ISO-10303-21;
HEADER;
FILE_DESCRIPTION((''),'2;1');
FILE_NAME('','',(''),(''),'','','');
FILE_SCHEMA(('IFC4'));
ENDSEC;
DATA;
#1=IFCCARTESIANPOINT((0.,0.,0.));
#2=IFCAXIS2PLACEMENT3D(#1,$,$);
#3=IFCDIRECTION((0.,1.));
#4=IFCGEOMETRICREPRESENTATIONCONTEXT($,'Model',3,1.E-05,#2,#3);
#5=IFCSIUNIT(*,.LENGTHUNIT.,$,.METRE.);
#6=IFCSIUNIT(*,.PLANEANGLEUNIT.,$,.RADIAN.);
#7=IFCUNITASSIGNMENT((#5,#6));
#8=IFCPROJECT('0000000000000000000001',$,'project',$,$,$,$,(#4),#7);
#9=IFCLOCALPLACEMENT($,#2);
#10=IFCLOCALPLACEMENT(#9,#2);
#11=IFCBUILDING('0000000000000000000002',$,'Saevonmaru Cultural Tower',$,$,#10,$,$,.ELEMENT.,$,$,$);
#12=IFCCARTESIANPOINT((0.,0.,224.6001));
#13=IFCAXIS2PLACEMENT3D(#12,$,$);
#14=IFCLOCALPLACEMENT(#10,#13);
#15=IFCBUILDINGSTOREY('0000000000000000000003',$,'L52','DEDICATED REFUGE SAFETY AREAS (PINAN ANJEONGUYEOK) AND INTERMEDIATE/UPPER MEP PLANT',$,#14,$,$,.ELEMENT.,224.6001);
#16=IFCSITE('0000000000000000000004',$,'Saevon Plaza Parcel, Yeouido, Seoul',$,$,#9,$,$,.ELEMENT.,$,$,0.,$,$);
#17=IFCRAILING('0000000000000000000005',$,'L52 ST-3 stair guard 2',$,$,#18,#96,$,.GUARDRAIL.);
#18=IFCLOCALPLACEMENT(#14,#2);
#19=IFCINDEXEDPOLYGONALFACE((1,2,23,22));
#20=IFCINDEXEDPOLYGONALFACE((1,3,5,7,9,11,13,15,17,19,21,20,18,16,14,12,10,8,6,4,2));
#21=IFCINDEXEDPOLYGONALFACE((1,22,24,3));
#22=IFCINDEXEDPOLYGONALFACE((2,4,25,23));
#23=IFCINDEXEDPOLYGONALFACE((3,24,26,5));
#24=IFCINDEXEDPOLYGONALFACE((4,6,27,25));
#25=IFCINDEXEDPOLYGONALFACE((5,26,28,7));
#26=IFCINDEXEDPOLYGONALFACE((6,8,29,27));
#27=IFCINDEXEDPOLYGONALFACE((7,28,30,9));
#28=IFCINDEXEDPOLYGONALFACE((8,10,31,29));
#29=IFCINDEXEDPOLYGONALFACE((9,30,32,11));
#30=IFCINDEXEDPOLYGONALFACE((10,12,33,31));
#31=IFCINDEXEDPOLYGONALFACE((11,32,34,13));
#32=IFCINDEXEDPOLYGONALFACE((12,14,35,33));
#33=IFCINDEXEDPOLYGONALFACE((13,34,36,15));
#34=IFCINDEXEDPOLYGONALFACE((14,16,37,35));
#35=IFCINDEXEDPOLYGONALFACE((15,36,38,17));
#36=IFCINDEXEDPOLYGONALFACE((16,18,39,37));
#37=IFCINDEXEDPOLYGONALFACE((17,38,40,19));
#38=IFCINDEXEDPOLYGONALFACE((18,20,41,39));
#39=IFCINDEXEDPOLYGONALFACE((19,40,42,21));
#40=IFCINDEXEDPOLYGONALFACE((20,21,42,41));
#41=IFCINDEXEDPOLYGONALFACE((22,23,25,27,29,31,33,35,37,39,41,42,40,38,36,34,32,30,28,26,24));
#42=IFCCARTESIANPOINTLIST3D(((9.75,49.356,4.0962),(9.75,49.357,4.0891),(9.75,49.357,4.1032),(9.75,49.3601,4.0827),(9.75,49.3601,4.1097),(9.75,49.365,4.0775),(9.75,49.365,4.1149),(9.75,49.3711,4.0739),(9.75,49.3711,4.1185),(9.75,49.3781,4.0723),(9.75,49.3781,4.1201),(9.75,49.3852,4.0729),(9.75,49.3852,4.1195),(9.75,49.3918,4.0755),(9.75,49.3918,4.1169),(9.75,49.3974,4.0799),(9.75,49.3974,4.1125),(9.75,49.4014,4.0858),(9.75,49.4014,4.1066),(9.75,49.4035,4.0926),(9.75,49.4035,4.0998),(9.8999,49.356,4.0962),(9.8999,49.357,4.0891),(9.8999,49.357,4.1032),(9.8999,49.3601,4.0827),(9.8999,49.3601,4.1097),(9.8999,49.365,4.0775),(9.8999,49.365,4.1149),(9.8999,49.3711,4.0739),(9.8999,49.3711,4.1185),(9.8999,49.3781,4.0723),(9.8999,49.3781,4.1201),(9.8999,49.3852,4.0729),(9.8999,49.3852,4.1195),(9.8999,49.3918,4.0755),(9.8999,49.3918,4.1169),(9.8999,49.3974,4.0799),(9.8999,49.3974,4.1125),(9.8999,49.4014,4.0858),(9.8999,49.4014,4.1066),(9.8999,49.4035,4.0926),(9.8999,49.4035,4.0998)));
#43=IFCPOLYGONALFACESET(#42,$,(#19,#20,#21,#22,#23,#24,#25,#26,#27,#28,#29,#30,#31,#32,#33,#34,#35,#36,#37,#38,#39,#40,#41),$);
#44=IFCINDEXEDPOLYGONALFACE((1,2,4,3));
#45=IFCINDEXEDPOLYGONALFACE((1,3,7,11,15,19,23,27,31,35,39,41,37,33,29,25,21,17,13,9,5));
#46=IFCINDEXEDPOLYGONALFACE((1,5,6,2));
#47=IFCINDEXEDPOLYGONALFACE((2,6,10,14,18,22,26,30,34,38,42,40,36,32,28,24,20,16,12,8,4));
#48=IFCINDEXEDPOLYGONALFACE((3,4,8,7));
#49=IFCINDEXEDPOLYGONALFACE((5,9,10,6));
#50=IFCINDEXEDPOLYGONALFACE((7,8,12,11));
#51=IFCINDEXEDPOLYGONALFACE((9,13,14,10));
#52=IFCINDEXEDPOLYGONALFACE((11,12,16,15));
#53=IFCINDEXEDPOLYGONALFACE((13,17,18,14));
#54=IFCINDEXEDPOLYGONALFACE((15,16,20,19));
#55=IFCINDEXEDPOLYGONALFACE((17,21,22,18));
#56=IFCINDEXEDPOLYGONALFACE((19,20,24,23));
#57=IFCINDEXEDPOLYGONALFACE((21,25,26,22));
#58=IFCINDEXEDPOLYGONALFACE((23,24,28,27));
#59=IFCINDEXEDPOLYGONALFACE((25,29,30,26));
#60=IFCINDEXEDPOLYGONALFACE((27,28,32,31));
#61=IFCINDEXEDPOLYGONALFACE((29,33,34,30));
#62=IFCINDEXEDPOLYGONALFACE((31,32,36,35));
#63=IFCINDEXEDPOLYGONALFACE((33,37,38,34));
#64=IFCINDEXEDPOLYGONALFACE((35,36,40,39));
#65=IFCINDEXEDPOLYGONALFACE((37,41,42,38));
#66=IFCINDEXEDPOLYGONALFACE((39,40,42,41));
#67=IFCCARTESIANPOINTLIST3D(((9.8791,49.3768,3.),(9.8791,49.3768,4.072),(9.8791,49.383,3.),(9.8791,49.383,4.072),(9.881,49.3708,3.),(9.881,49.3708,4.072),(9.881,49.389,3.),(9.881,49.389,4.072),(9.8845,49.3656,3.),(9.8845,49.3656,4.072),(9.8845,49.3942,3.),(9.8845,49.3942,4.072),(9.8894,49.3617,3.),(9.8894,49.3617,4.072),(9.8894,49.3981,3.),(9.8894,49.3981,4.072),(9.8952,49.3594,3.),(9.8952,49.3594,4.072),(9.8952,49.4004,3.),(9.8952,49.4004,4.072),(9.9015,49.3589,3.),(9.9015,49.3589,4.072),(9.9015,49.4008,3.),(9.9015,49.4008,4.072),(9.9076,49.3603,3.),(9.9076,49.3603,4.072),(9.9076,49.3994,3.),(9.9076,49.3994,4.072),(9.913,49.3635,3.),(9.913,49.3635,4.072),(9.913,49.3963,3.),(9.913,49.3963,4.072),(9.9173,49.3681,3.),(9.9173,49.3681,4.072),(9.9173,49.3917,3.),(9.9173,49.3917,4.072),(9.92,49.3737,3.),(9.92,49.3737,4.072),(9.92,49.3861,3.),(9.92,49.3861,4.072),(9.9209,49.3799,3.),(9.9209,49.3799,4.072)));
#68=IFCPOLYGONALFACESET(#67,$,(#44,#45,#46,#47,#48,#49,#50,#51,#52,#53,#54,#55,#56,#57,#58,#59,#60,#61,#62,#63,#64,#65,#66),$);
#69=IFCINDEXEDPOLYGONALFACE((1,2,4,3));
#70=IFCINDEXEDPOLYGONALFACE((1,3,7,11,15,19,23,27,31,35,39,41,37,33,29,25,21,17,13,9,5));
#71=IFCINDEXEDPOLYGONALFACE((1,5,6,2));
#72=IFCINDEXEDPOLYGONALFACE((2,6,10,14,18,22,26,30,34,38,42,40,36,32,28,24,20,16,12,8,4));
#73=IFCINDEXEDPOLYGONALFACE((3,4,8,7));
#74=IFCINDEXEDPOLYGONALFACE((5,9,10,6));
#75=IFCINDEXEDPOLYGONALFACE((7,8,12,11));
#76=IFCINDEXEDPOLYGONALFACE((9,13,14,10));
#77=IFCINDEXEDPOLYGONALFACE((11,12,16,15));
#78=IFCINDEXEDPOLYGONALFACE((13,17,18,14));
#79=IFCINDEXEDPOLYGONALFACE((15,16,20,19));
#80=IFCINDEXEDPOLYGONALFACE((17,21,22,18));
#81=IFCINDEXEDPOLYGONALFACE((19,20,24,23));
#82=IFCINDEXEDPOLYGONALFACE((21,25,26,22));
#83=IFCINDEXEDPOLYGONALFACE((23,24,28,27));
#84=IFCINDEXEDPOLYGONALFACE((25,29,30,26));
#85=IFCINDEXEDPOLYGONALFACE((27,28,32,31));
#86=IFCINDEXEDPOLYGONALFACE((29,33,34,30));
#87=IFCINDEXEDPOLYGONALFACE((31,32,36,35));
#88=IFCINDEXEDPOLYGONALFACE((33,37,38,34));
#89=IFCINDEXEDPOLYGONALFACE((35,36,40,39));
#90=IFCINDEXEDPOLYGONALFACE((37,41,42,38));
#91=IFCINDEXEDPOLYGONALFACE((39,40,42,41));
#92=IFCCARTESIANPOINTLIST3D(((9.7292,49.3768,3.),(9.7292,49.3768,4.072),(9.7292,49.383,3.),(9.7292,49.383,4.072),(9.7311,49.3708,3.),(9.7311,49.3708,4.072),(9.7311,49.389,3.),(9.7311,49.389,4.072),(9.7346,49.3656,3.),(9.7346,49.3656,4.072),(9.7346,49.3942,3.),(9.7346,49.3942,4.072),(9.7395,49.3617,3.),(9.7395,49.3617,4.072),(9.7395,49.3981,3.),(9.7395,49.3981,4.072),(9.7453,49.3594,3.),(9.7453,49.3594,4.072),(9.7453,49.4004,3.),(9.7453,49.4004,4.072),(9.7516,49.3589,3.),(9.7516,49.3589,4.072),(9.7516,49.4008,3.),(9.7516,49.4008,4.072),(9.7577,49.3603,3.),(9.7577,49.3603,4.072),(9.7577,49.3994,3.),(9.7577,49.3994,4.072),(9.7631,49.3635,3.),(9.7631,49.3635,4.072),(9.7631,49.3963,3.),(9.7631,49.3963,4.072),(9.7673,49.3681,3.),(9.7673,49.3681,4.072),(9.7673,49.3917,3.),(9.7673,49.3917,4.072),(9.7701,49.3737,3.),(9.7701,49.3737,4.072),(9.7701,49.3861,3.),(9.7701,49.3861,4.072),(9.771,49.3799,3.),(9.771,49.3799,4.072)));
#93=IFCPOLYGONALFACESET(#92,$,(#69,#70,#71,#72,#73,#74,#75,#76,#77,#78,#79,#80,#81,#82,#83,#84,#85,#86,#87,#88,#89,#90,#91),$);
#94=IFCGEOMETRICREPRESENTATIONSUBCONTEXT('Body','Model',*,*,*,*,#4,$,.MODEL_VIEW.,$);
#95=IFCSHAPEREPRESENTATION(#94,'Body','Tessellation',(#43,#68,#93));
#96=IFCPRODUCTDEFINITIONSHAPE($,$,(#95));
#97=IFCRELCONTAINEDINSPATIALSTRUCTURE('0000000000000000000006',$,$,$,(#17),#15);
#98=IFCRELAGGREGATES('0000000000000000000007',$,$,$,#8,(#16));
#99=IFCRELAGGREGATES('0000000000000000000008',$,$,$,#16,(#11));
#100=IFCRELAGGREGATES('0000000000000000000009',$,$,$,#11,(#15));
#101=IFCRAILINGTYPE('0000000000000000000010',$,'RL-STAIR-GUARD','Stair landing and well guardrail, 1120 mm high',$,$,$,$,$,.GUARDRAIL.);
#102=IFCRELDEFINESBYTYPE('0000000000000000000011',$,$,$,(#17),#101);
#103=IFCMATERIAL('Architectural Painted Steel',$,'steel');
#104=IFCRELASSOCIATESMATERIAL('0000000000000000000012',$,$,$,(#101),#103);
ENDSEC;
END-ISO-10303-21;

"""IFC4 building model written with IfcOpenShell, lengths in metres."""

from ifc_helpers import new_model, si_unit, direction, frame, origin, origin_2d, place, context, subcontext, project, spatial, circle, extrude, material, type_object, element, save


model = new_model("IFC4")

# Units and contexts
model_context = context("Model", 3, precision=1e-05, world=origin(), true_north=direction((0.0, 1.0)))
body_context = subcontext(model_context, "Body", "Model", "MODEL_VIEW")
ifc_project = project(units=[si_unit("LENGTHUNIT", "METRE"), si_unit("PLANEANGLEUNIT", "RADIAN")], contexts=[model_context])

# Site, building, storey
site_placement = place(None, origin())
site = spatial("IfcSite", under=ifc_project, at=site_placement, Name="Saevon Plaza Parcel, Yeouido, Seoul", CompositionType="ELEMENT", RefElevation=0.0)
building_placement = place(site_placement, origin())
building = spatial("IfcBuilding", under=site, at=building_placement, Name="Saevonmaru Cultural Tower", CompositionType="ELEMENT")
storey_placement = place(building_placement, frame((0.0, 0.0, 224.6001)))
storey = spatial("IfcBuildingStorey", under=building, at=storey_placement, Name="L52", Description="DEDICATED REFUGE SAFETY AREAS (PINAN ANJEONGUYEOK) AND INTERMEDIATE/UPPER MEP PLANT", CompositionType="ELEMENT", Elevation=224.6001)

# Railing
ifc_material_1 = material(Name="Architectural Painted Steel", Category="steel")
railing_type_1 = type_object("IfcRailingType", Name="RL-STAIR-GUARD", Description="Stair landing and well guardrail, 1120 mm high", PredefinedType="GUARDRAIL", material=ifc_material_1)
railing_1_placement = place(storey_placement, frame((9.8999, 49.3799, 3.0)))
element("IfcRailing", 1, at=railing_1_placement, inside=storey, type_object=railing_type_1, Name="L52 ST-3 stair guard 2", PredefinedType="GUARDRAIL", context=body_context, shape_type="SweptSolid", body=[
    extrude(circle(Radius=0.0239, at=origin_2d()), frame((0.0, 0.0, 1.0962), z_axis=(-1.0, 0.0, 0.0), x_axis=(0.0, -1.0, 0.0)), (0.0, 0.0, 1.0), 0.1499),
    extrude(circle(Radius=0.021, at=origin_2d()), origin(), (0.0, 0.0, 1.0), 1.072),
    extrude(circle(Radius=0.021, at=origin_2d()), frame((-0.1499, 0.0, 0.0)), (0.0, 0.0, 1.0), 1.072),
])

save(model, "model.ifc")
